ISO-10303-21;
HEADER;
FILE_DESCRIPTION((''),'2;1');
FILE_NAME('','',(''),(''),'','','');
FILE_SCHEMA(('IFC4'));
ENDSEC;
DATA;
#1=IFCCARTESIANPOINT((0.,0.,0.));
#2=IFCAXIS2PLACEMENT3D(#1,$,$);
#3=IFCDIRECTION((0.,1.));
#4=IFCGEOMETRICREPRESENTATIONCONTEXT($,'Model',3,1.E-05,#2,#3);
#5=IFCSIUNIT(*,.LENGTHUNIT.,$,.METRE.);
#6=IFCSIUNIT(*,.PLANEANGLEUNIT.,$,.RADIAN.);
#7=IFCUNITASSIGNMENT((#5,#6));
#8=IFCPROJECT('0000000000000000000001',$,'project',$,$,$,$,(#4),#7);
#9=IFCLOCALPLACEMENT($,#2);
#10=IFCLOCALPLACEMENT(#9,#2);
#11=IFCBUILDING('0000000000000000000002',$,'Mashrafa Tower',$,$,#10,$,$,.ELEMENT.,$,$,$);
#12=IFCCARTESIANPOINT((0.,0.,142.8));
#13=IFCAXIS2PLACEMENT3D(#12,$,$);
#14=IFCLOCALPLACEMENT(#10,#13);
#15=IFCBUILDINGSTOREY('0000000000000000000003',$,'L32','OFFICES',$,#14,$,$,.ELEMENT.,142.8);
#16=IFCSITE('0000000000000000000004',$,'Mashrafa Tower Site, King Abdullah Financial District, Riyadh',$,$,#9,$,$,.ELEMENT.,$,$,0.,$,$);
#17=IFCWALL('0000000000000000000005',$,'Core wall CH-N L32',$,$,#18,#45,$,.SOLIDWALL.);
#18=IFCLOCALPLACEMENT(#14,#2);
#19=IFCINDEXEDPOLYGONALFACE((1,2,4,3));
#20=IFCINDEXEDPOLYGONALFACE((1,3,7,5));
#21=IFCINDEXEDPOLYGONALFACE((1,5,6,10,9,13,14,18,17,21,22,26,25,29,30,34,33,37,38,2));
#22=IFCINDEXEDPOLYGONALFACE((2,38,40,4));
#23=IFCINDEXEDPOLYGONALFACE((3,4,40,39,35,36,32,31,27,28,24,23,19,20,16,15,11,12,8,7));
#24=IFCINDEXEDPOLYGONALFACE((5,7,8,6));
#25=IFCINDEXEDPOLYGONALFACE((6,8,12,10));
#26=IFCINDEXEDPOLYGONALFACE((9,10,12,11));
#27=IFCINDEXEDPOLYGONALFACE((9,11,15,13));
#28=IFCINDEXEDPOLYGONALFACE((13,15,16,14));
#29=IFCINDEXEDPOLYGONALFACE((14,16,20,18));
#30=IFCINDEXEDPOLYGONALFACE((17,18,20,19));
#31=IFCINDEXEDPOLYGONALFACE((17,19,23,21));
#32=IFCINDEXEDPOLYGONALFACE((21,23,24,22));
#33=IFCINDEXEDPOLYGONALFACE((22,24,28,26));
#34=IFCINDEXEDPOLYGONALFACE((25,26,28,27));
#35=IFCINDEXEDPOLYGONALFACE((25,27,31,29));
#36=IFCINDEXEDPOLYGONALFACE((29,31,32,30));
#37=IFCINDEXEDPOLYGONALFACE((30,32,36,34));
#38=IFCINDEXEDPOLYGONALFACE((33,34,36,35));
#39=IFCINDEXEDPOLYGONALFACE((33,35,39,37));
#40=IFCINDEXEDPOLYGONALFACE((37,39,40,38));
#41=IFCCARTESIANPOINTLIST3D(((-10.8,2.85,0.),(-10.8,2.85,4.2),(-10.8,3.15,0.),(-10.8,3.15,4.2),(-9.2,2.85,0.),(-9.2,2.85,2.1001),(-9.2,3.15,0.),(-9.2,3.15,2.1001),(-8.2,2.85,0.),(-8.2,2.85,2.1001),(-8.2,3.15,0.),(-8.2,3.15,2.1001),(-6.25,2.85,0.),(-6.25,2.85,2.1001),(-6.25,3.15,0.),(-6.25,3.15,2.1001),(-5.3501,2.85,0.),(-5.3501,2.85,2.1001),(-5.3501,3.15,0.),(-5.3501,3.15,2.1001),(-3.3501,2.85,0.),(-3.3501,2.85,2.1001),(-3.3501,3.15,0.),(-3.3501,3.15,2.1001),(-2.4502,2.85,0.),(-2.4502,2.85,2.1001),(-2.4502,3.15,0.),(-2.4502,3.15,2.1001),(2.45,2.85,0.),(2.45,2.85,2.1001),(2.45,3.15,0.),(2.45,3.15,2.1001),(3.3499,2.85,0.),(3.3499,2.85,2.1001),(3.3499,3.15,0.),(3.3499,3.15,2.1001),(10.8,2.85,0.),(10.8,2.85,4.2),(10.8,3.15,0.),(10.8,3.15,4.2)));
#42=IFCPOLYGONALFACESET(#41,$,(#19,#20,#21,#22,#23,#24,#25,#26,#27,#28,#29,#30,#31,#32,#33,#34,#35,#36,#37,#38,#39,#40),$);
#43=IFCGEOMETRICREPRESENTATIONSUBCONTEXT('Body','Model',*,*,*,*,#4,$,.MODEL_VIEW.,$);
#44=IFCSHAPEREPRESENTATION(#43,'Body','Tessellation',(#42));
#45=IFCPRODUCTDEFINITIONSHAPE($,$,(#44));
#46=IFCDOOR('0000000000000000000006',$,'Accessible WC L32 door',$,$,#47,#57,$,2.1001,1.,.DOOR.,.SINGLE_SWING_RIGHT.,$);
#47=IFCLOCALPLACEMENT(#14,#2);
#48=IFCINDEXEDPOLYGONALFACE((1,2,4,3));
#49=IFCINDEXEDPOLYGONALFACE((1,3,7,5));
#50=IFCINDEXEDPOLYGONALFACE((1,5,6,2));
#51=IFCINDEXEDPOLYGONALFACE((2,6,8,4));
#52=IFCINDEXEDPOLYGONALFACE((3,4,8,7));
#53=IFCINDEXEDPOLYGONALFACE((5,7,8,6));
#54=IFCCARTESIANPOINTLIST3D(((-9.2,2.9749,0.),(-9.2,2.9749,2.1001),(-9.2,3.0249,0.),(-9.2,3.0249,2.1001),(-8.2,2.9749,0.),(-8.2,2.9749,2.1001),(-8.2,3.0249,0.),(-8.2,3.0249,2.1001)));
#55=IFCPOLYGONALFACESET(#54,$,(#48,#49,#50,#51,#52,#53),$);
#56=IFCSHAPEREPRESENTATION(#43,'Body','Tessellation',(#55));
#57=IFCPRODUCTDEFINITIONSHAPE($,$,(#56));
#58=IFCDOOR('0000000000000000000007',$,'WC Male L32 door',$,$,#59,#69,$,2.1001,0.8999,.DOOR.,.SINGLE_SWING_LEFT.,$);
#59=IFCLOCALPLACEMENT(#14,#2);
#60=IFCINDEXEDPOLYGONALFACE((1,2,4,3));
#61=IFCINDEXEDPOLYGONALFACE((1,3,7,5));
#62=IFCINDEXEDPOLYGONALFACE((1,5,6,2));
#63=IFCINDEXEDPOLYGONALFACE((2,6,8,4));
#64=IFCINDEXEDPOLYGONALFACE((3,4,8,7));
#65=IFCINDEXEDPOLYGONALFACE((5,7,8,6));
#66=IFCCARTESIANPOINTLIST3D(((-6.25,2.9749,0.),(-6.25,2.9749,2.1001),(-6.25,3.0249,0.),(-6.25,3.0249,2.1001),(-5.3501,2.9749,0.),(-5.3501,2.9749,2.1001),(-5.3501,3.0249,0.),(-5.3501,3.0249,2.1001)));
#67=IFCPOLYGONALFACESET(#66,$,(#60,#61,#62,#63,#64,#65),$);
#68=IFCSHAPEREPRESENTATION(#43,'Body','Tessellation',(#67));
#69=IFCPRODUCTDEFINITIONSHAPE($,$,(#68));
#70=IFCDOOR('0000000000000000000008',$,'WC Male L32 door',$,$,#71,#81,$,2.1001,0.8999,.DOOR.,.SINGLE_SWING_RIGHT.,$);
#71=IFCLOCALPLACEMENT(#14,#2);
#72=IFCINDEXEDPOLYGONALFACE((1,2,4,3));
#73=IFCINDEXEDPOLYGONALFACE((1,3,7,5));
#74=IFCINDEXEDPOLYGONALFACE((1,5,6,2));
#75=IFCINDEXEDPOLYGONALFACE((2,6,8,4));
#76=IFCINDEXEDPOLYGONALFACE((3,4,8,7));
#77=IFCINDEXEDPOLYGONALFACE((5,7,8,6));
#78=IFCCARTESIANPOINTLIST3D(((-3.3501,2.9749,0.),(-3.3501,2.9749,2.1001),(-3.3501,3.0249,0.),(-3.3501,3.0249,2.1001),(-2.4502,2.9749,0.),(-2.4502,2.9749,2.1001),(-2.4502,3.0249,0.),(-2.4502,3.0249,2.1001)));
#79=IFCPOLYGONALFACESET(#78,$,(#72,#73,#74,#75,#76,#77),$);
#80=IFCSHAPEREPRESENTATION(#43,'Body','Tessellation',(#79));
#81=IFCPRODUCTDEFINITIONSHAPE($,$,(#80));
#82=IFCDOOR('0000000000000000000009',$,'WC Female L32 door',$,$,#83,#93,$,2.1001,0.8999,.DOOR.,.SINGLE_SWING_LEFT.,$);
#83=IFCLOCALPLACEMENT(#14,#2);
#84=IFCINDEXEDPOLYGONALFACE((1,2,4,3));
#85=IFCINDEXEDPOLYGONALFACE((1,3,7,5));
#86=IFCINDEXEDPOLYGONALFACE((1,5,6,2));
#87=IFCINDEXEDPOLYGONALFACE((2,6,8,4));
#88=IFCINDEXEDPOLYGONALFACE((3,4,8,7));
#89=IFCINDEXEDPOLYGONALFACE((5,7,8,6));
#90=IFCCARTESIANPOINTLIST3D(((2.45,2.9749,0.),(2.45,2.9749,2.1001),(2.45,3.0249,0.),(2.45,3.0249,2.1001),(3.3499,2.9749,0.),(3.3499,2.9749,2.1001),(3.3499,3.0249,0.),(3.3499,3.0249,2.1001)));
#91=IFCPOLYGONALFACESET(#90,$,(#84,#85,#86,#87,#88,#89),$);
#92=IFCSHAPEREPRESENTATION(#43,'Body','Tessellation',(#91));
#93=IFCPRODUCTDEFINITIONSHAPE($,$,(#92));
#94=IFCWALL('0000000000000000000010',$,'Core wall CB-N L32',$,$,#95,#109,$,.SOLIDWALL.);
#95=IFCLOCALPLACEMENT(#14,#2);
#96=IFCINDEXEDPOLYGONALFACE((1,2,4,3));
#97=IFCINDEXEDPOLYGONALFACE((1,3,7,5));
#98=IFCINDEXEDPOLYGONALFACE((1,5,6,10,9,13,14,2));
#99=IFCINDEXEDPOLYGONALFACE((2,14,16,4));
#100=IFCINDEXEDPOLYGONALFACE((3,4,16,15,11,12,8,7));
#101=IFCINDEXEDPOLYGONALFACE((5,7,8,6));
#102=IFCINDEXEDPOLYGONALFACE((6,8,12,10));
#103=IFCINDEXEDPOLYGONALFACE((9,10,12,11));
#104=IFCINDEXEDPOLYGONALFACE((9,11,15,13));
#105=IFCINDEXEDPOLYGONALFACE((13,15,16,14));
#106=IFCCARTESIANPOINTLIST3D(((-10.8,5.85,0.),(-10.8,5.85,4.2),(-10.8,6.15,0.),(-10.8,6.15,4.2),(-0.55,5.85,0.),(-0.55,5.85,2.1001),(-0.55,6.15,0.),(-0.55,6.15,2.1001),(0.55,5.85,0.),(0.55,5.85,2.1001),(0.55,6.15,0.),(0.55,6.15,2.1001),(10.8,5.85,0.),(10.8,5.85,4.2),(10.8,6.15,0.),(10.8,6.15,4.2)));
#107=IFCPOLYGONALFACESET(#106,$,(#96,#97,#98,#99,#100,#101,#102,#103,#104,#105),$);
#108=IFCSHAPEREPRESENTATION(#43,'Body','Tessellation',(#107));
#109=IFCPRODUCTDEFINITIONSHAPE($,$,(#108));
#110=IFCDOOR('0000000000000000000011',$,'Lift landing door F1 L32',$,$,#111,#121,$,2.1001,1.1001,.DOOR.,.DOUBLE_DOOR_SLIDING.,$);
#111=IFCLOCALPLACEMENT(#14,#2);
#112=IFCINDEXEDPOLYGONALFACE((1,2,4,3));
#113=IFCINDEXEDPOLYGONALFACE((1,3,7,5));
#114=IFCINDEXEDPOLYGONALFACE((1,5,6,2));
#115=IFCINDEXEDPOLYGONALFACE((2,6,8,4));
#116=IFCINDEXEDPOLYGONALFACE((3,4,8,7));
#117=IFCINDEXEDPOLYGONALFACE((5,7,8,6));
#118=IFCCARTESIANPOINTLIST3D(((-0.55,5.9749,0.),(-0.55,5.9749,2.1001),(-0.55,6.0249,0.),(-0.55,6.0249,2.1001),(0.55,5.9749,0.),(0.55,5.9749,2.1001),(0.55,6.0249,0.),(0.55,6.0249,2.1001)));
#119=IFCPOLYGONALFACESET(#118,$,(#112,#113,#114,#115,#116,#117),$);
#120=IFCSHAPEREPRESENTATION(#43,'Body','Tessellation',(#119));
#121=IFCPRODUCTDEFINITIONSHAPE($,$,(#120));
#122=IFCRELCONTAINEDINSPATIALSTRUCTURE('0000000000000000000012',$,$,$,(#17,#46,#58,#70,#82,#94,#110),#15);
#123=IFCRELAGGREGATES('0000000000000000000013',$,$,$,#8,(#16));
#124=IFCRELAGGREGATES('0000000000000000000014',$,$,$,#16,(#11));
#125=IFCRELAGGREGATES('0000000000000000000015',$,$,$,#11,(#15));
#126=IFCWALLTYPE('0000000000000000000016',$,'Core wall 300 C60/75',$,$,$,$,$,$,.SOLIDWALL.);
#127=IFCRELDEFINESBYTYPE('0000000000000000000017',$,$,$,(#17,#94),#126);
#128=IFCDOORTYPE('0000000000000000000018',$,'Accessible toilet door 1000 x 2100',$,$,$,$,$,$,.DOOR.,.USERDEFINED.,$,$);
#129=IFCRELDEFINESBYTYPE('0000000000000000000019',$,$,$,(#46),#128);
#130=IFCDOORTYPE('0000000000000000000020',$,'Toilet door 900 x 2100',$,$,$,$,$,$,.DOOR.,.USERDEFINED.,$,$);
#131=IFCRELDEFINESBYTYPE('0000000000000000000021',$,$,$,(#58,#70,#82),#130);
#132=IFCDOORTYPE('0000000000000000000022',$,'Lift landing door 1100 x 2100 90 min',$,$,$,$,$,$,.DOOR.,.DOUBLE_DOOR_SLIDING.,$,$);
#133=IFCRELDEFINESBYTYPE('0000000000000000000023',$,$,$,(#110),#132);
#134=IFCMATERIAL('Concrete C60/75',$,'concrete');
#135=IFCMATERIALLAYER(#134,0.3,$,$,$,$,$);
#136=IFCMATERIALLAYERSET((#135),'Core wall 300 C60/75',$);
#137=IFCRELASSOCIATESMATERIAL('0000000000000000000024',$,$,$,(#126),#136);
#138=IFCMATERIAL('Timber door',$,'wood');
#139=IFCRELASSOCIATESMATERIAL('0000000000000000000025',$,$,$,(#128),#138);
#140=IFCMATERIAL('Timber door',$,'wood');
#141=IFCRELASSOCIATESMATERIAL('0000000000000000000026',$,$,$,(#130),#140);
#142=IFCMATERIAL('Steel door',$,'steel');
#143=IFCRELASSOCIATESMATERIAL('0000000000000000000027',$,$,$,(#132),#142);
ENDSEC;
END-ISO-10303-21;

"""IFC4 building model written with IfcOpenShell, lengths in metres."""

from ifc_helpers import new_model, si_unit, direction, frame, frame_2d, origin, place, context, subcontext, project, spatial, rectangle, extrude, material, layer, layer_set, type_object, element, fill, save


model = new_model("IFC4")

# Units and contexts
model_context = context("Model", 3, precision=1e-05, world=origin(), true_north=direction((0.0, 1.0)))
body_context = subcontext(model_context, "Body", "Model", "MODEL_VIEW")
ifc_project = project(units=[si_unit("LENGTHUNIT", "METRE"), si_unit("PLANEANGLEUNIT", "RADIAN")], contexts=[model_context])

# Site, building, storey
site_placement = place(None, origin())
site = spatial("IfcSite", under=ifc_project, at=site_placement, Name="Mashrafa Tower Site, King Abdullah Financial District, Riyadh", CompositionType="ELEMENT", RefElevation=0.0)
building_placement = place(site_placement, origin())
building = spatial("IfcBuilding", under=site, at=building_placement, Name="Mashrafa Tower", CompositionType="ELEMENT")
storey_placement = place(building_placement, frame((0.0, 0.0, 142.8)))
storey = spatial("IfcBuildingStorey", under=building, at=storey_placement, Name="L32", Description="OFFICES", CompositionType="ELEMENT", Elevation=142.8)

# Wall, openings, doors
ifc_material_1 = material(Name="Concrete C60/75", Category="concrete")
ifc_layer_1 = layer(ifc_material_1, 0.3)
ifc_layer_set_1 = layer_set([ifc_layer_1], Name="Core wall 300 C60/75")
wall_type_1 = type_object("IfcWallType", Name="Core wall 300 C60/75", PredefinedType="SOLIDWALL", material=ifc_layer_set_1)
wall_1_placement = place(storey_placement, frame((-10.8, 3.0, 0.0), z_axis=(0.0, 0.0, 1.0), x_axis=(1.0, 0.0, 0.0)))
wall_1 = element("IfcWall", 1, at=wall_1_placement, inside=storey, type_object=wall_type_1, Name="Core wall CH-N L32", PredefinedType="SOLIDWALL", context=body_context, shape_type="SweptSolid", body=[
    extrude(rectangle(XDim=21.6001, YDim=0.3, at=frame_2d((10.8, 0.0))), origin(), (0.0, 0.0, 1.0), 4.2),
])
opening_1_placement = place(wall_1_placement, frame((1.6001, 0.0, 0.0)))
opening_1 = element("IfcOpeningElement", 2, at=opening_1_placement, cuts=wall_1, PredefinedType="OPENING", context=body_context, shape_type="SweptSolid", body=[
    extrude(rectangle(XDim=1.0, YDim=2.1001, at=frame_2d((0.5, 1.05))), frame((0.0, 0.1599, 0.0), z_axis=(0.0, -1.0, 0.0), x_axis=(1.0, 0.0, 0.0)), (0.0, 0.0, 1.0), 0.3201),
])
opening_2_placement = place(wall_1_placement, frame((4.55, 0.0, 0.0)))
opening_2 = element("IfcOpeningElement", 3, at=opening_2_placement, cuts=wall_1, PredefinedType="OPENING", context=body_context, shape_type="SweptSolid", body=[
    extrude(rectangle(XDim=0.8999, YDim=2.1001, at=frame_2d((0.45, 1.05))), frame((0.0, 0.1599, 0.0), z_axis=(0.0, -1.0, 0.0), x_axis=(1.0, 0.0, 0.0)), (0.0, 0.0, 1.0), 0.3201),
])
opening_3_placement = place(wall_1_placement, frame((7.45, 0.0, 0.0)))
opening_3 = element("IfcOpeningElement", 4, at=opening_3_placement, cuts=wall_1, PredefinedType="OPENING", context=body_context, shape_type="SweptSolid", body=[
    extrude(rectangle(XDim=0.8999, YDim=2.1001, at=frame_2d((0.45, 1.05))), frame((0.0, 0.1599, 0.0), z_axis=(0.0, -1.0, 0.0), x_axis=(1.0, 0.0, 0.0)), (0.0, 0.0, 1.0), 0.3201),
])
opening_4_placement = place(wall_1_placement, frame((13.25, 0.0, 0.0)))
opening_4 = element("IfcOpeningElement", 5, at=opening_4_placement, cuts=wall_1, PredefinedType="OPENING", context=body_context, shape_type="SweptSolid", body=[
    extrude(rectangle(XDim=0.8999, YDim=2.1001, at=frame_2d((0.45, 1.05))), frame((0.0, 0.1599, 0.0), z_axis=(0.0, -1.0, 0.0), x_axis=(1.0, 0.0, 0.0)), (0.0, 0.0, 1.0), 0.3201),
])
ifc_material_2 = material(Name="Timber door", Category="wood")
door_type_1 = type_object("IfcDoorType", Name="Accessible toilet door 1000 x 2100", OperationType="USERDEFINED", PredefinedType="DOOR", material=ifc_material_2)
door_1_placement = place(opening_1_placement, origin())
door_1 = element("IfcDoor", 6, at=door_1_placement, inside=storey, type_object=door_type_1, Name="Accessible WC L32 door", OperationType="SINGLE_SWING_RIGHT", OverallHeight=2.1001, OverallWidth=1.0, PredefinedType="DOOR", context=body_context, shape_type="SweptSolid", body=[
    extrude(rectangle(XDim=1.0, YDim=2.1001, at=frame_2d((0.5, 1.05))), frame((0.0, 0.0249, 0.0), z_axis=(0.0, -1.0, 0.0), x_axis=(1.0, 0.0, 0.0)), (0.0, 0.0, 1.0), 0.05),
])
fill(opening_1, door_1)
ifc_material_3 = material(Name="Timber door", Category="wood")
door_type_2 = type_object("IfcDoorType", Name="Toilet door 900 x 2100", OperationType="USERDEFINED", PredefinedType="DOOR", material=ifc_material_3)
door_2_placement = place(opening_2_placement, origin())
door_2 = element("IfcDoor", 7, at=door_2_placement, inside=storey, type_object=door_type_2, Name="WC Male L32 door", OperationType="SINGLE_SWING_LEFT", OverallHeight=2.1001, OverallWidth=0.8999, PredefinedType="DOOR", context=body_context, shape_type="SweptSolid", body=[
    extrude(rectangle(XDim=0.8999, YDim=2.1001, at=frame_2d((0.45, 1.05))), frame((0.0, 0.0249, 0.0), z_axis=(0.0, -1.0, 0.0), x_axis=(1.0, 0.0, 0.0)), (0.0, 0.0, 1.0), 0.05),
])
fill(opening_2, door_2)
door_3_placement = place(opening_3_placement, origin())
door_3 = element("IfcDoor", 8, at=door_3_placement, inside=storey, type_object=door_type_2, Name="WC Male L32 door", OperationType="SINGLE_SWING_RIGHT", OverallHeight=2.1001, OverallWidth=0.8999, PredefinedType="DOOR", context=body_context, shape_type="SweptSolid", body=[
    extrude(rectangle(XDim=0.8999, YDim=2.1001, at=frame_2d((0.45, 1.05))), frame((0.0, 0.0249, 0.0), z_axis=(0.0, -1.0, 0.0), x_axis=(1.0, 0.0, 0.0)), (0.0, 0.0, 1.0), 0.05),
])
fill(opening_3, door_3)
door_4_placement = place(opening_4_placement, origin())
door_4 = element("IfcDoor", 9, at=door_4_placement, inside=storey, type_object=door_type_2, Name="WC Female L32 door", OperationType="SINGLE_SWING_LEFT", OverallHeight=2.1001, OverallWidth=0.8999, PredefinedType="DOOR", context=body_context, shape_type="SweptSolid", body=[
    extrude(rectangle(XDim=0.8999, YDim=2.1001, at=frame_2d((0.45, 1.05))), frame((0.0, 0.0249, 0.0), z_axis=(0.0, -1.0, 0.0), x_axis=(1.0, 0.0, 0.0)), (0.0, 0.0, 1.0), 0.05),
])
fill(opening_4, door_4)

# Wall, opening, door
wall_2_placement = place(storey_placement, frame((-10.8, 6.0, 0.0), z_axis=(0.0, 0.0, 1.0), x_axis=(1.0, 0.0, 0.0)))
wall_2 = element("IfcWall", 10, at=wall_2_placement, inside=storey, type_object=wall_type_1, Name="Core wall CB-N L32", PredefinedType="SOLIDWALL", context=body_context, shape_type="SweptSolid", body=[
    extrude(rectangle(XDim=21.6001, YDim=0.3, at=frame_2d((10.8, 0.0))), origin(), (0.0, 0.0, 1.0), 4.2),
])
opening_5_placement = place(wall_2_placement, frame((10.25, 0.0, 0.0)))
opening_5 = element("IfcOpeningElement", 11, at=opening_5_placement, cuts=wall_2, PredefinedType="OPENING", context=body_context, shape_type="SweptSolid", body=[
    extrude(rectangle(XDim=1.1001, YDim=2.1001, at=frame_2d((0.55, 1.05))), frame((0.0, 0.1599, 0.0), z_axis=(0.0, -1.0, 0.0), x_axis=(1.0, 0.0, 0.0)), (0.0, 0.0, 1.0), 0.3201),
])
ifc_material_4 = material(Name="Steel door", Category="steel")
door_type_3 = type_object("IfcDoorType", Name="Lift landing door 1100 x 2100 90 min", OperationType="DOUBLE_DOOR_SLIDING", PredefinedType="DOOR", material=ifc_material_4)
door_5_placement = place(opening_5_placement, origin())
door_5 = element("IfcDoor", 12, at=door_5_placement, inside=storey, type_object=door_type_3, Name="Lift landing door F1 L32", OperationType="DOUBLE_DOOR_SLIDING", OverallHeight=2.1001, OverallWidth=1.1001, PredefinedType="DOOR", context=body_context, shape_type="SweptSolid", body=[
    extrude(rectangle(XDim=1.1001, YDim=2.1001, at=frame_2d((0.55, 1.05))), frame((0.0, 0.0249, 0.0), z_axis=(0.0, -1.0, 0.0), x_axis=(1.0, 0.0, 0.0)), (0.0, 0.0, 1.0), 0.05),
])
fill(opening_5, door_5)

save(model, "model.ifc")
